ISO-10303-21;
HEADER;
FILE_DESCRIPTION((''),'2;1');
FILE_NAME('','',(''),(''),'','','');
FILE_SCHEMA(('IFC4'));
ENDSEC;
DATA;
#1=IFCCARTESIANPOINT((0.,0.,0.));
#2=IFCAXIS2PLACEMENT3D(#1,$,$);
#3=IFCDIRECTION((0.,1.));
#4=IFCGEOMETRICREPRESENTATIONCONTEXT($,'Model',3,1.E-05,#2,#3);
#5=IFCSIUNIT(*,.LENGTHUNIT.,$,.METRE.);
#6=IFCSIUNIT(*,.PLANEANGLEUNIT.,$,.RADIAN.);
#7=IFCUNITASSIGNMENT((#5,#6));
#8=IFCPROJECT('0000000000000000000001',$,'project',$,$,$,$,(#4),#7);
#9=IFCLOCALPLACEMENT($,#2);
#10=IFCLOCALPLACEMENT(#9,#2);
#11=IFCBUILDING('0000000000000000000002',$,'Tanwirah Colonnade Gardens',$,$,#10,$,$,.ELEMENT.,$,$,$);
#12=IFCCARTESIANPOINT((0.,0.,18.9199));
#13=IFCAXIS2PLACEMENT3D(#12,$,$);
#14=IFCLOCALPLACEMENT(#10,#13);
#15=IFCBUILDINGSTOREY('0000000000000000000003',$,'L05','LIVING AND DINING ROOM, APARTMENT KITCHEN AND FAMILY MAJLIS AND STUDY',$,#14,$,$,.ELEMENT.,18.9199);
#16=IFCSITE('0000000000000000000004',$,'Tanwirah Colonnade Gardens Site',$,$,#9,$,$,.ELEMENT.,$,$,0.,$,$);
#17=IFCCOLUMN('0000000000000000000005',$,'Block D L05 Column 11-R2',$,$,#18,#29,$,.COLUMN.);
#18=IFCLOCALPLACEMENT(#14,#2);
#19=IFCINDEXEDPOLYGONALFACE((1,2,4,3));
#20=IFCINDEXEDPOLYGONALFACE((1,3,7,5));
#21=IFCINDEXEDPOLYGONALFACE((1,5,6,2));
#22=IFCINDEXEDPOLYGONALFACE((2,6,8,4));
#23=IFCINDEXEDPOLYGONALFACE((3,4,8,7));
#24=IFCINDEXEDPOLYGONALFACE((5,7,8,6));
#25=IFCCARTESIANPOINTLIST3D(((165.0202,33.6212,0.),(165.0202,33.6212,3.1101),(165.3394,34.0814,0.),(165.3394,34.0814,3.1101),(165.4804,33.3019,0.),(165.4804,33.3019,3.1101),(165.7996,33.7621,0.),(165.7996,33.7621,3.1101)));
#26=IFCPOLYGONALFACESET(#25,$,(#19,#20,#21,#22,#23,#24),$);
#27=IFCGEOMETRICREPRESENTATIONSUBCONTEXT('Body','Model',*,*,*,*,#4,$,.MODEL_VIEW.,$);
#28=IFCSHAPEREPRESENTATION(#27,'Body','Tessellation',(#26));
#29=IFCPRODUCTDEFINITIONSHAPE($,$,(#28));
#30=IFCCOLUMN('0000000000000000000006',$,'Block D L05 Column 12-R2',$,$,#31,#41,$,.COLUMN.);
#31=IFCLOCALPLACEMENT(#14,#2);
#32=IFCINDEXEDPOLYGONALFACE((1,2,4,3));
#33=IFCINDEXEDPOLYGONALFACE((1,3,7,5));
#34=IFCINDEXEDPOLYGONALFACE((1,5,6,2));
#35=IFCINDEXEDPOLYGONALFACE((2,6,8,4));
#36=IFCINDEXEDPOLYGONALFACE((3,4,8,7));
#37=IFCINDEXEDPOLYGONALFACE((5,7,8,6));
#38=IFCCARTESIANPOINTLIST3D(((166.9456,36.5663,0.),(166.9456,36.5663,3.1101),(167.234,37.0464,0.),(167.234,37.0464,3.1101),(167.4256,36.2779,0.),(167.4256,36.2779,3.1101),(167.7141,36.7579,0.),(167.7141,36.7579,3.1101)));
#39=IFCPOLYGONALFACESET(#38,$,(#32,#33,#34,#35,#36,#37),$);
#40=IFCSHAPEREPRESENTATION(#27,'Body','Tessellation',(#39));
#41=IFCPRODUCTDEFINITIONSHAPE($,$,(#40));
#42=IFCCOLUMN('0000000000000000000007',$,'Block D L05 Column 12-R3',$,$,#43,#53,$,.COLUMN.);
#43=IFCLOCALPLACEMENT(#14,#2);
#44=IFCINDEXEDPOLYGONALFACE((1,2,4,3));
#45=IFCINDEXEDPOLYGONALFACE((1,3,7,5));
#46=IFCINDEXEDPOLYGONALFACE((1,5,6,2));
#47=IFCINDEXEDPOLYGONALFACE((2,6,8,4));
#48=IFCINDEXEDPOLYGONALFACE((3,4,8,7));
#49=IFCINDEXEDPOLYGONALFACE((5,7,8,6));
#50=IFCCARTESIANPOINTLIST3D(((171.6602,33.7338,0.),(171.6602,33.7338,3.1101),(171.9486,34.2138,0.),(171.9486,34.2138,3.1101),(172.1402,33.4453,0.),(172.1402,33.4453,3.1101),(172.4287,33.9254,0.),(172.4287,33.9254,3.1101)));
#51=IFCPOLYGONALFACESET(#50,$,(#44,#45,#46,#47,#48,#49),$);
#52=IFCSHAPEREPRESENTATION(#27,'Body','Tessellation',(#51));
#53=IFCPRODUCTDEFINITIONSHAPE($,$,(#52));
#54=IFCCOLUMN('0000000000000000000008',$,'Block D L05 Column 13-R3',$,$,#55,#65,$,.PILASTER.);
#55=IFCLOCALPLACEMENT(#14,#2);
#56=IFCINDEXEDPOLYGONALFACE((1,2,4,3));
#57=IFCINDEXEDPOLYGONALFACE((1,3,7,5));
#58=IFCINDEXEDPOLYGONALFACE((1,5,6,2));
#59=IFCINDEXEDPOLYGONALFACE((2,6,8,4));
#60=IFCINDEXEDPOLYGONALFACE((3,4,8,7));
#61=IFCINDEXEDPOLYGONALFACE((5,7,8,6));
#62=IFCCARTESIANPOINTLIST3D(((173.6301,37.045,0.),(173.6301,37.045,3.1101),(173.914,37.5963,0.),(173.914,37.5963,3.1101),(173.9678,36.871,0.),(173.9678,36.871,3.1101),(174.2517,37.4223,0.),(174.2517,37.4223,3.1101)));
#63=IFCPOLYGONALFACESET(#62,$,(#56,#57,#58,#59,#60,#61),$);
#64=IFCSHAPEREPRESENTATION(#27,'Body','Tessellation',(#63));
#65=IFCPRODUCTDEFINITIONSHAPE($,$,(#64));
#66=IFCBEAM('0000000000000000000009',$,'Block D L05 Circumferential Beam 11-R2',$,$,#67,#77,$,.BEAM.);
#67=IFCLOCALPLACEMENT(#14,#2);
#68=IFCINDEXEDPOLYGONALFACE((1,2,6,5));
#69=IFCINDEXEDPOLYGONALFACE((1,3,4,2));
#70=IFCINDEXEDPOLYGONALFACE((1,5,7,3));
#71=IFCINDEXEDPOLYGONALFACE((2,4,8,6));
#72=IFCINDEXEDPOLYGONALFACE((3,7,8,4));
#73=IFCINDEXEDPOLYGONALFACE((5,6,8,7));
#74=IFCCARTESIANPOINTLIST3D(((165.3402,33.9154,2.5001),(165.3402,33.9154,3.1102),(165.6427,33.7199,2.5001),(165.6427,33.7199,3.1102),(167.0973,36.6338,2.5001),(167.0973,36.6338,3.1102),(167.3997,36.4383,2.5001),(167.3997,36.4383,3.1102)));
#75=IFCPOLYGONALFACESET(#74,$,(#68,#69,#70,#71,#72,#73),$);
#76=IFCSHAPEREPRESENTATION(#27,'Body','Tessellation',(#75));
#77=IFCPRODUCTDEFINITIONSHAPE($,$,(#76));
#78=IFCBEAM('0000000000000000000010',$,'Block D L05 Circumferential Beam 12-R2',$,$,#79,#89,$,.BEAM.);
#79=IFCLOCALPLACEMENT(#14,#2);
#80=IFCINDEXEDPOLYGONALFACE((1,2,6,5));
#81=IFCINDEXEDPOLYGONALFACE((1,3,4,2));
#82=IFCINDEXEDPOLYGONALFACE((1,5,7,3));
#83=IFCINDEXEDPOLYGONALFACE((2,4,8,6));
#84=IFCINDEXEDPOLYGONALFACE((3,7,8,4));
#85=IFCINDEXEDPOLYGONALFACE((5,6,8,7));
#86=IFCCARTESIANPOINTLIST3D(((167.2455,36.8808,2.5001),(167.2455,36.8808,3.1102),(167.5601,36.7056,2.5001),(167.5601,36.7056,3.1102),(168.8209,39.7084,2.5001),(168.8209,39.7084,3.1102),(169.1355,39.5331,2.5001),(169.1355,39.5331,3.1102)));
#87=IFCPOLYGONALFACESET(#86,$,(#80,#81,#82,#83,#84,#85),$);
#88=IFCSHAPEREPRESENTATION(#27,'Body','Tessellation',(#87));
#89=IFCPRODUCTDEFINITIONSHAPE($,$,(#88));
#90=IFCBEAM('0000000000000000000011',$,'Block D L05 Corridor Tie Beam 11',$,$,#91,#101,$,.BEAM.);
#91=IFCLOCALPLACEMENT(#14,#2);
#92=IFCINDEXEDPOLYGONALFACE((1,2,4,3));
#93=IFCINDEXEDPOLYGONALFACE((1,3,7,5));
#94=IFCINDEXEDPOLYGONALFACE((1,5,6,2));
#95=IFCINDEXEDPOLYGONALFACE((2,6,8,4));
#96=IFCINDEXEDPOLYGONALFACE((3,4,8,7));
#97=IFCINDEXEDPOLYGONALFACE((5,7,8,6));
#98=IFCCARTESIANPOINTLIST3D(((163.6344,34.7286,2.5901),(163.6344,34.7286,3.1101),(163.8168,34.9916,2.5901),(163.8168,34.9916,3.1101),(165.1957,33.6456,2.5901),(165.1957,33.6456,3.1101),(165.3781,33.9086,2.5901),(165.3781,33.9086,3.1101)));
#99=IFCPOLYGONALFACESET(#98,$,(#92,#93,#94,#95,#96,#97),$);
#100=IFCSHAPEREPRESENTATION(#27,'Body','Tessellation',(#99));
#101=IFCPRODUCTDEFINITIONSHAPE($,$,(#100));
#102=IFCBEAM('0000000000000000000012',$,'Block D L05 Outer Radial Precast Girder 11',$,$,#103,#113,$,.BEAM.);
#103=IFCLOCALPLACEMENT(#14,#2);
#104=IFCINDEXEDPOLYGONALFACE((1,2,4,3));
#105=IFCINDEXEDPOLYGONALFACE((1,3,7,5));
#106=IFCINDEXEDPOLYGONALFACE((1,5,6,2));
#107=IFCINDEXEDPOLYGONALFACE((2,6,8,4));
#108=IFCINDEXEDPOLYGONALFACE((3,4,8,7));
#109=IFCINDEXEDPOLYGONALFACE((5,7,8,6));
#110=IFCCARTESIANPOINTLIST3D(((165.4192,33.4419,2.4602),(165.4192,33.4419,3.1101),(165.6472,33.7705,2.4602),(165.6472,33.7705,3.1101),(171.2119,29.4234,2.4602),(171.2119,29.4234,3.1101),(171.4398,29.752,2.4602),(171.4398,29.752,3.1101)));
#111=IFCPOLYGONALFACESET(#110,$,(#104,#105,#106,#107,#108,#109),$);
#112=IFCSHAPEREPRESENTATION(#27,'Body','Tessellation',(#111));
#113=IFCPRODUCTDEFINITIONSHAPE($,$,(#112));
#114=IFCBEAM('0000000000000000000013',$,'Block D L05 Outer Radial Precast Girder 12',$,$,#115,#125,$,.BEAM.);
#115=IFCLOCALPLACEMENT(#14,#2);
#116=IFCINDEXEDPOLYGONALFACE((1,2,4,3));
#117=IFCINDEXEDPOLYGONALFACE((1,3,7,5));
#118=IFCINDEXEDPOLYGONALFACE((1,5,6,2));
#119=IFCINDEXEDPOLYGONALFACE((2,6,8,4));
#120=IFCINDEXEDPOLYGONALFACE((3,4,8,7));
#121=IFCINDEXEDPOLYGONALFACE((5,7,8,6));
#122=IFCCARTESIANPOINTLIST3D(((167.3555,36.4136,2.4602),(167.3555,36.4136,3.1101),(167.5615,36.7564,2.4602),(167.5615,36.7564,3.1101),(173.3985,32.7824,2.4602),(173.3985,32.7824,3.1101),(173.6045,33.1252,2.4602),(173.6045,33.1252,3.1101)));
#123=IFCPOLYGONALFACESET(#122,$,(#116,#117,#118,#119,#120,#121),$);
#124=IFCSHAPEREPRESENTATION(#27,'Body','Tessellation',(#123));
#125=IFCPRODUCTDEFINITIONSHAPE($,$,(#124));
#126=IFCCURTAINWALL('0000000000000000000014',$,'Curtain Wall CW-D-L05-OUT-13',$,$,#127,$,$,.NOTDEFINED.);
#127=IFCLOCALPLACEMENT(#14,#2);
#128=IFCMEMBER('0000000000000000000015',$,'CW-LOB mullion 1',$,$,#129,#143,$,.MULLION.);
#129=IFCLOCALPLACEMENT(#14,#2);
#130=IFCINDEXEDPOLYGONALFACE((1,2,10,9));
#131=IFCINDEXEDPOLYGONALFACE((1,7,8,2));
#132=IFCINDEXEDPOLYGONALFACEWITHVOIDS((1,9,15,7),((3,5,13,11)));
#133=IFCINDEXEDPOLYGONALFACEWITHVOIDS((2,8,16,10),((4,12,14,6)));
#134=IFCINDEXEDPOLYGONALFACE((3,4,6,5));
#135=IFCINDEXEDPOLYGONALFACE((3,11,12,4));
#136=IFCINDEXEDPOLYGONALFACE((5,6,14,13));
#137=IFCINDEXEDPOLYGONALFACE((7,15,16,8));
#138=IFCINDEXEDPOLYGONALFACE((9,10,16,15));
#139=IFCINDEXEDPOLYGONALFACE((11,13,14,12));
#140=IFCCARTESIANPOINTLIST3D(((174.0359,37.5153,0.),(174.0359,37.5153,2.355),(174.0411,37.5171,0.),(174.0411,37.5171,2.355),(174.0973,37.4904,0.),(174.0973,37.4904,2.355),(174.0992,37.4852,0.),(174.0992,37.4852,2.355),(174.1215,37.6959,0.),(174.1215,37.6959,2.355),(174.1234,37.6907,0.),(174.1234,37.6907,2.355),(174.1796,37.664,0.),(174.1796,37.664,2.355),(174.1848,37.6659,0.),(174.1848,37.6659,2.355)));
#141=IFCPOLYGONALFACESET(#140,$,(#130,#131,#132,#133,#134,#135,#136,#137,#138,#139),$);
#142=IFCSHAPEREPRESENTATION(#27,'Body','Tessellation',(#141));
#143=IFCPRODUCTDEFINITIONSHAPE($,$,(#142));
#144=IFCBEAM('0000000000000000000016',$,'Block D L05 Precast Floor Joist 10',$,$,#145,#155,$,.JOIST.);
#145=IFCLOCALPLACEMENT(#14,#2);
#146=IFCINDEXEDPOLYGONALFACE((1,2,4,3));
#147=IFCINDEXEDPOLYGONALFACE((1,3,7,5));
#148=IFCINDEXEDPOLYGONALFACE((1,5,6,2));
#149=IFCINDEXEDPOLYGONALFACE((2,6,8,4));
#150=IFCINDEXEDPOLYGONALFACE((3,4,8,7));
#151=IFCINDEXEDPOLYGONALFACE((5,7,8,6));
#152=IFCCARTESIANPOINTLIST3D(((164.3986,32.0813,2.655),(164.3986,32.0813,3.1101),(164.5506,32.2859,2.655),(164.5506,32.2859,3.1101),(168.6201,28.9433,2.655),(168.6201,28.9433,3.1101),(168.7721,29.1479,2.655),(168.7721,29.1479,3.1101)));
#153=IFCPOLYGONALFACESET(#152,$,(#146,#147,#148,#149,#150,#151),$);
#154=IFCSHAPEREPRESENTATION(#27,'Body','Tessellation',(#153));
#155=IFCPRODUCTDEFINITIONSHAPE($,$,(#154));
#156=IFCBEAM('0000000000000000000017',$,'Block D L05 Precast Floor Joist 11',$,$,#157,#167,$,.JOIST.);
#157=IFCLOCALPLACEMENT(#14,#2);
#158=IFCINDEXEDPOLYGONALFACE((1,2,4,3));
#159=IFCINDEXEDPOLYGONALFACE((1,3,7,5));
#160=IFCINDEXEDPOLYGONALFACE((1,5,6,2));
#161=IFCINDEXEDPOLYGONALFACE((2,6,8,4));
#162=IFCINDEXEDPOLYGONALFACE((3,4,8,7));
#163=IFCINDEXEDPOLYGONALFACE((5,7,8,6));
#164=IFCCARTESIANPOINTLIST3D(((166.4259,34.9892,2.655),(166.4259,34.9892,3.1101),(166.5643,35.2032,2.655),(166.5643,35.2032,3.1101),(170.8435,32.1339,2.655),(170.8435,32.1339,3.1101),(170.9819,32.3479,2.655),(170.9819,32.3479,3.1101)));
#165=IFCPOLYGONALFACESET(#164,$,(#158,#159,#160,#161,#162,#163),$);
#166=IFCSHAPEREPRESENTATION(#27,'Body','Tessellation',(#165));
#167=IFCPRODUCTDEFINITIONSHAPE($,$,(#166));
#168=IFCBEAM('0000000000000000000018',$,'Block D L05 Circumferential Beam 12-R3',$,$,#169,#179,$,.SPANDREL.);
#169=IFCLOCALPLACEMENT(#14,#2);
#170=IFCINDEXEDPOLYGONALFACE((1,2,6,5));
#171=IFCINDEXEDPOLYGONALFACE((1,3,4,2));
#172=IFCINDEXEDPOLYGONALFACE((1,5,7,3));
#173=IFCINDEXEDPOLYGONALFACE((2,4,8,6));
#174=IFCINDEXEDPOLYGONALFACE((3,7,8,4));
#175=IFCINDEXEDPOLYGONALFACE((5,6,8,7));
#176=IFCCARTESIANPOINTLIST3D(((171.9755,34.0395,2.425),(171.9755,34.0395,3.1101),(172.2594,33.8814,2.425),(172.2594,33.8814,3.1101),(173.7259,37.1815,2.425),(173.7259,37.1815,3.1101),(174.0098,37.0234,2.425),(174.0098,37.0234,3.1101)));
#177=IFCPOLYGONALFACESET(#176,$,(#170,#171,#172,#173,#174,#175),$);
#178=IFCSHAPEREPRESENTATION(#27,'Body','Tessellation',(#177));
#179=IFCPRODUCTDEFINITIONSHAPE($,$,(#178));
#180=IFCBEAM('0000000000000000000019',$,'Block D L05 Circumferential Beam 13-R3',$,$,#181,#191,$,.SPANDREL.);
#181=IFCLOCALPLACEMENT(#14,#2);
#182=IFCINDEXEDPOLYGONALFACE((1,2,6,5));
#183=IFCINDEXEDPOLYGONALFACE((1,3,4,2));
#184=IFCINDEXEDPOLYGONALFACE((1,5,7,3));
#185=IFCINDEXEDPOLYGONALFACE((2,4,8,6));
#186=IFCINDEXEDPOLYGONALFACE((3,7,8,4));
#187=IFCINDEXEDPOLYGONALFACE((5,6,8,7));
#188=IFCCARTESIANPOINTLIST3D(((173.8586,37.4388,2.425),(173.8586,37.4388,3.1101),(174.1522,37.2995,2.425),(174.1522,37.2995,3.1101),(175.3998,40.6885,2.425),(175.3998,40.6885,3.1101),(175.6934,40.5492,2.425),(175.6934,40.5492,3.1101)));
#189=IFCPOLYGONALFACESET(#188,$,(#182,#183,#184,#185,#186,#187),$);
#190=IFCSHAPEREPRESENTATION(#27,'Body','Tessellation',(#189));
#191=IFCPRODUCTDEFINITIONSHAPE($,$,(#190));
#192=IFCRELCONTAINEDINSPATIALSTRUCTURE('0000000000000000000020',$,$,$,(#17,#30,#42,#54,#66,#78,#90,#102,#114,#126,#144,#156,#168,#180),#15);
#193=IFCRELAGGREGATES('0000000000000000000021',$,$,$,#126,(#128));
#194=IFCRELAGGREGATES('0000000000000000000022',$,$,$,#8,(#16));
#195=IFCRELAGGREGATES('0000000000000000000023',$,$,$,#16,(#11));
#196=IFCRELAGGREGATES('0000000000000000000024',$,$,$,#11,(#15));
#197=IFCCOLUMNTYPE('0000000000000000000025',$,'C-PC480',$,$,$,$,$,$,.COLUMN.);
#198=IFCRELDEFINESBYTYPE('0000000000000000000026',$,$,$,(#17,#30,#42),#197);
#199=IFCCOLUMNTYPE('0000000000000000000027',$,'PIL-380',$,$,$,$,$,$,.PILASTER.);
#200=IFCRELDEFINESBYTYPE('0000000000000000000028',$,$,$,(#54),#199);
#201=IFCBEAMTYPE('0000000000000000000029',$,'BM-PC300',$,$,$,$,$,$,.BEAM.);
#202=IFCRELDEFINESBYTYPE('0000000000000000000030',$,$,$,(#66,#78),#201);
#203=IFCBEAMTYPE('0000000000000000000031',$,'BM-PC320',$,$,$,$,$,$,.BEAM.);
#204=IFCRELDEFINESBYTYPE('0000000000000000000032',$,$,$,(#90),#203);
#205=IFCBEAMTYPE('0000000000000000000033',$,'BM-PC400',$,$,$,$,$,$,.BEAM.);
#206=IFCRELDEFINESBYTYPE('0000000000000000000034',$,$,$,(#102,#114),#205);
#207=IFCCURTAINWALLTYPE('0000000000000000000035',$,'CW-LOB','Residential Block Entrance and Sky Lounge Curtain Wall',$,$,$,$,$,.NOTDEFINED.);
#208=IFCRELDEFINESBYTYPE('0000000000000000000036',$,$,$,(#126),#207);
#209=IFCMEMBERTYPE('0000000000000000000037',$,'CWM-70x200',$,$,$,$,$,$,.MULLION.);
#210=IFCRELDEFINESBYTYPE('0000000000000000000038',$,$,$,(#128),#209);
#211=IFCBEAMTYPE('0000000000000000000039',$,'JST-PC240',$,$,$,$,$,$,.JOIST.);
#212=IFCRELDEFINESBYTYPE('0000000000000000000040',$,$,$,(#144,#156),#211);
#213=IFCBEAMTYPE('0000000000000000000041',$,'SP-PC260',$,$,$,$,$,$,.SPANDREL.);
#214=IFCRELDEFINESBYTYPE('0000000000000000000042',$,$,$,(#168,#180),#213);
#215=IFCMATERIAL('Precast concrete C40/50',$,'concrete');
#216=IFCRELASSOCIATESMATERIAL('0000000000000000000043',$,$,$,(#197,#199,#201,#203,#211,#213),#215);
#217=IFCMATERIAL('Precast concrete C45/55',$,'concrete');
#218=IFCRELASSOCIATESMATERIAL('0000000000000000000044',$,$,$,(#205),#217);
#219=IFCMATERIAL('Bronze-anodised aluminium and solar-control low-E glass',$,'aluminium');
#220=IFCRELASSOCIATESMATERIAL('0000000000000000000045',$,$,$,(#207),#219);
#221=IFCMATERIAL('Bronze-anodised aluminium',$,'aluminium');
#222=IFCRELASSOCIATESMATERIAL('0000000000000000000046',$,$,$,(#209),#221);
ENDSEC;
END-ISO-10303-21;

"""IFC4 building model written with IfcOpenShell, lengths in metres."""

from ifc_helpers import new_model, si_unit, direction, frame, origin, origin_2d, place, context, subcontext, project, spatial, rectangle, hollow_rectangle, extrude, material, material_profile, profile_set, type_object, element, aggregate, save


model = new_model("IFC4")

# Units and contexts
model_context = context("Model", 3, precision=1e-05, world=origin(), true_north=direction((0.0, 1.0)))
body_context = subcontext(model_context, "Body", "Model", "MODEL_VIEW")
ifc_project = project(units=[si_unit("LENGTHUNIT", "METRE"), si_unit("PLANEANGLEUNIT", "RADIAN")], contexts=[model_context])

# Site, building, storey
site_placement = place(None, origin())
site = spatial("IfcSite", under=ifc_project, at=site_placement, Name="Tanwirah Colonnade Gardens Site", CompositionType="ELEMENT", RefElevation=0.0)
building_placement = place(site_placement, origin())
building = spatial("IfcBuilding", under=site, at=building_placement, Name="Tanwirah Colonnade Gardens", CompositionType="ELEMENT")
storey_placement = place(building_placement, frame((0.0, 0.0, 18.9199)))
storey = spatial("IfcBuildingStorey", under=building, at=storey_placement, Name="L05", Description="LIVING AND DINING ROOM, APARTMENT KITCHEN AND FAMILY MAJLIS AND STUDY", CompositionType="ELEMENT", Elevation=18.9199)

# Columns
ifc_material_1 = material(Name="Precast concrete C40/50", Category="concrete")
ifc_material_profile_1 = material_profile(ifc_material_1, rectangle(XDim=0.5601, YDim=0.5601, at=origin_2d()), Name="PC-COL 560x560")
ifc_profile_set_1 = profile_set([ifc_material_profile_1], Name="Precast concrete C40/50")
column_type_1 = type_object("IfcColumnType", Name="C-PC480", PredefinedType="COLUMN", material=ifc_profile_set_1)
for number, where, z_axis, x_axis, name in (
    (1, (165.4099, 33.6917, 0.0), (0.0, 0.0, 1.0), (0.821647, -0.569997, 0.0), "Block D L05 Column 11-R2"),
    (2, (167.3298, 36.6621, 0.0), (0.0, 0.0, 1.0), (0.857167, -0.515038, 0.0), "Block D L05 Column 12-R2"),
    (3, (172.0444, 33.8296, 0.0), (0.0, 0.0, 1.0), (0.857167, -0.515038, 0.0), "Block D L05 Column 12-R3"),
):
    element("IfcColumn", number, at=place(storey_placement, frame(where, z_axis=z_axis, x_axis=x_axis)), inside=storey, type_object=column_type_1, Name=name, PredefinedType="COLUMN", context=body_context, shape_type="SweptSolid", body=[
        extrude(rectangle(XDim=0.5601, YDim=0.5601, at=origin_2d()), origin(), (0.0, 0.0, 1.0), 3.1101),
    ])
ifc_material_profile_2 = material_profile(ifc_material_1, rectangle(XDim=0.3799, YDim=0.6201, at=origin_2d()), Name="PC-PIL 380x620")
ifc_profile_set_2 = profile_set([ifc_material_profile_2], Name="Precast concrete C40/50")
column_type_2 = type_object("IfcColumnType", Name="PIL-380", PredefinedType="PILASTER", material=ifc_profile_set_2)
column_placement = place(storey_placement, frame((173.9409, 37.2336, 0.0), z_axis=(0.0, 0.0, 1.0), x_axis=(0.889017, -0.457874, 0.0)))
element("IfcColumn", 4, at=column_placement, inside=storey, type_object=column_type_2, Name="Block D L05 Column 13-R3", PredefinedType="PILASTER", context=body_context, shape_type="SweptSolid", body=[
    extrude(rectangle(XDim=0.3799, YDim=0.6201, at=origin_2d()), origin(), (0.0, 0.0, 1.0), 3.1101),
])

# Beams
ifc_material_profile_3 = material_profile(ifc_material_1, rectangle(XDim=0.3601, YDim=0.6101, at=origin_2d()), Name="PC-BM 360x610")
ifc_profile_set_3 = profile_set([ifc_material_profile_3], Name="Precast concrete C40/50")
beam_type_1 = type_object("IfcBeamType", Name="BM-PC300", PredefinedType="BEAM", material=ifc_profile_set_3)
for number, where, z_axis, x_axis, name in (
    (5, (165.4915, 33.8176, 2.8052), (0.542826, 0.839845, 0.0), (-0.839845, 0.542826, 0.0), "Block D L05 Circumferential Beam 11-R2"),
    (6, (167.4028, 36.7932, 2.8052), (0.486712, 0.873562, 0.0), (-0.873562, 0.486712, 0.0), "Block D L05 Circumferential Beam 12-R2"),
):
    element("IfcBeam", number, at=place(storey_placement, frame(where, z_axis=z_axis, x_axis=x_axis)), inside=storey, type_object=beam_type_1, Name=name, PredefinedType="BEAM", context=body_context, shape_type="SweptSolid", body=[
        extrude(rectangle(XDim=0.3601, YDim=0.6101, at=origin_2d()), origin(), (0.0, 0.0, 1.0), 3.2368),
    ])
ifc_material_profile_4 = material_profile(ifc_material_1, rectangle(XDim=0.3201, YDim=0.52, at=origin_2d()), Name="PC-BM 320x520")
ifc_profile_set_4 = profile_set([ifc_material_profile_4], Name="Precast concrete C40/50")
beam_type_2 = type_object("IfcBeamType", Name="BM-PC320", PredefinedType="BEAM", material=ifc_profile_set_4)
beam_placement = place(storey_placement, frame((163.7256, 34.8601, 2.8501), z_axis=(0.821669, -0.569965, 0.0), x_axis=(0.569965, 0.821669, 0.0)))
element("IfcBeam", 7, at=beam_placement, inside=storey, type_object=beam_type_2, Name="Block D L05 Corridor Tie Beam 11", PredefinedType="BEAM", context=body_context, shape_type="SweptSolid", body=[
    extrude(rectangle(XDim=0.3201, YDim=0.52, at=origin_2d()), origin(), (0.0, 0.0, 1.0), 1.9001),
])
ifc_material_2 = material(Name="Precast concrete C45/55", Category="concrete")
ifc_material_profile_5 = material_profile(ifc_material_2, rectangle(XDim=0.3999, YDim=0.6499, at=origin_2d()), Name="PC-BM 400x650")
ifc_profile_set_5 = profile_set([ifc_material_profile_5], Name="Precast concrete C45/55")
beam_type_3 = type_object("IfcBeamType", Name="BM-PC400", PredefinedType="BEAM", material=ifc_profile_set_5)
for number, where, z_axis, x_axis, name in (
    (8, (165.5332, 33.6062, 2.7852), (0.821647, -0.569997, 0.0), (0.569997, 0.821647, 0.0), "Block D L05 Outer Radial Precast Girder 11"),
    (9, (167.4585, 36.585, 2.7852), (0.85716, -0.515051, 0.0), (0.515051, 0.85716, 0.0), "Block D L05 Outer Radial Precast Girder 12"),
):
    element("IfcBeam", number, at=place(storey_placement, frame(where, z_axis=z_axis, x_axis=x_axis)), inside=storey, type_object=beam_type_3, Name=name, PredefinedType="BEAM", context=body_context, shape_type="SweptSolid", body=[
        extrude(rectangle(XDim=0.3999, YDim=0.6499, at=origin_2d()), origin(), (0.0, 0.0, 1.0), 7.05),
    ])

# Curtain wall, member
ifc_material_3 = material(Name="Bronze-anodised aluminium and solar-control low-E glass", Category="aluminium")
curtain_wall_type = type_object("IfcCurtainWallType", Name="CW-LOB", Description="Residential Block Entrance and Sky Lounge Curtain Wall", PredefinedType="NOTDEFINED", material=ifc_material_3)
curtain_wall_placement = place(storey_placement, origin())
curtain_wall = element("IfcCurtainWall", 10, at=curtain_wall_placement, inside=storey, type_object=curtain_wall_type, Name="Curtain Wall CW-D-L05-OUT-13", PredefinedType="NOTDEFINED")
ifc_material_4 = material(Name="Bronze-anodised aluminium", Category="aluminium")
ifc_material_profile_6 = material_profile(ifc_material_4, hollow_rectangle(XDim=0.0701, YDim=0.2, WallThickness=0.0039, at=origin_2d()), Name="CW-MUL 70x200x4")
ifc_profile_set_6 = profile_set([ifc_material_profile_6], Name="Bronze-anodised aluminium")
member_type = type_object("IfcMemberType", Name="CWM-70x200", PredefinedType="MULLION", material=ifc_profile_set_6)
member_placement = place(storey_placement, frame((174.1104, 37.5906, 0.0), z_axis=(0.0, 0.0, 1.0), x_axis=(-0.903523, 0.42854, 0.0)))
member = element("IfcMember", 11, at=member_placement, type_object=member_type, Name="CW-LOB mullion 1", PredefinedType="MULLION", context=body_context, shape_type="SweptSolid", body=[
    extrude(hollow_rectangle(XDim=0.0701, YDim=0.2, WallThickness=0.0039, at=origin_2d()), origin(), (0.0, 0.0, 1.0), 2.355),
])
aggregate(curtain_wall, [member])

# Beams
ifc_material_profile_7 = material_profile(ifc_material_1, rectangle(XDim=0.2549, YDim=0.4551, at=origin_2d()), Name="PC-JST 255x455")
ifc_profile_set_7 = profile_set([ifc_material_profile_7], Name="Precast concrete C40/50")
beam_type_4 = type_object("IfcBeamType", Name="JST-PC240", PredefinedType="JOIST", material=ifc_profile_set_7)
for number, where, z_axis, x_axis, name in (
    (12, (164.4746, 32.1836, 2.8826), (0.80256, -0.596571, 0.0), (0.596571, 0.80256, 0.0), "Block D L05 Precast Floor Joist 10"),
    (13, (166.4951, 35.0962, 2.8826), (0.839843, -0.54283, 0.0), (0.54283, 0.839843, 0.0), "Block D L05 Precast Floor Joist 11"),
):
    element("IfcBeam", number, at=place(storey_placement, frame(where, z_axis=z_axis, x_axis=x_axis)), inside=storey, type_object=beam_type_4, Name=name, PredefinedType="JOIST", context=body_context, shape_type="SweptSolid", body=[
        extrude(rectangle(XDim=0.2549, YDim=0.4551, at=origin_2d()), origin(), (0.0, 0.0, 1.0), 5.26),
    ])
ifc_material_profile_8 = material_profile(ifc_material_1, rectangle(XDim=0.325, YDim=0.6851, at=origin_2d()), Name="PC-SP 325x685")
ifc_profile_set_8 = profile_set([ifc_material_profile_8], Name="Precast concrete C40/50")
beam_type_5 = type_object("IfcBeamType", Name="SP-PC260", PredefinedType="SPANDREL", material=ifc_profile_set_8)
for number, where, z_axis, x_axis, name in (
    (14, (172.1174, 33.9604, 2.7676), (0.48668, 0.87358, 0.0), (-0.87358, 0.48668, 0.0), "Block D L05 Circumferential Beam 12-R3"),
    (15, (174.0054, 37.3691, 2.7676), (0.428518, 0.903533, 0.0), (-0.903533, 0.428518, 0.0), "Block D L05 Circumferential Beam 13-R3"),
):
    element("IfcBeam", number, at=place(storey_placement, frame(where, z_axis=z_axis, x_axis=x_axis)), inside=storey, type_object=beam_type_5, Name=name, PredefinedType="SPANDREL", context=body_context, shape_type="SweptSolid", body=[
        extrude(rectangle(XDim=0.325, YDim=0.6851, at=origin_2d()), origin(), (0.0, 0.0, 1.0), 3.5967),
    ])

save(model, "model.ifc")
